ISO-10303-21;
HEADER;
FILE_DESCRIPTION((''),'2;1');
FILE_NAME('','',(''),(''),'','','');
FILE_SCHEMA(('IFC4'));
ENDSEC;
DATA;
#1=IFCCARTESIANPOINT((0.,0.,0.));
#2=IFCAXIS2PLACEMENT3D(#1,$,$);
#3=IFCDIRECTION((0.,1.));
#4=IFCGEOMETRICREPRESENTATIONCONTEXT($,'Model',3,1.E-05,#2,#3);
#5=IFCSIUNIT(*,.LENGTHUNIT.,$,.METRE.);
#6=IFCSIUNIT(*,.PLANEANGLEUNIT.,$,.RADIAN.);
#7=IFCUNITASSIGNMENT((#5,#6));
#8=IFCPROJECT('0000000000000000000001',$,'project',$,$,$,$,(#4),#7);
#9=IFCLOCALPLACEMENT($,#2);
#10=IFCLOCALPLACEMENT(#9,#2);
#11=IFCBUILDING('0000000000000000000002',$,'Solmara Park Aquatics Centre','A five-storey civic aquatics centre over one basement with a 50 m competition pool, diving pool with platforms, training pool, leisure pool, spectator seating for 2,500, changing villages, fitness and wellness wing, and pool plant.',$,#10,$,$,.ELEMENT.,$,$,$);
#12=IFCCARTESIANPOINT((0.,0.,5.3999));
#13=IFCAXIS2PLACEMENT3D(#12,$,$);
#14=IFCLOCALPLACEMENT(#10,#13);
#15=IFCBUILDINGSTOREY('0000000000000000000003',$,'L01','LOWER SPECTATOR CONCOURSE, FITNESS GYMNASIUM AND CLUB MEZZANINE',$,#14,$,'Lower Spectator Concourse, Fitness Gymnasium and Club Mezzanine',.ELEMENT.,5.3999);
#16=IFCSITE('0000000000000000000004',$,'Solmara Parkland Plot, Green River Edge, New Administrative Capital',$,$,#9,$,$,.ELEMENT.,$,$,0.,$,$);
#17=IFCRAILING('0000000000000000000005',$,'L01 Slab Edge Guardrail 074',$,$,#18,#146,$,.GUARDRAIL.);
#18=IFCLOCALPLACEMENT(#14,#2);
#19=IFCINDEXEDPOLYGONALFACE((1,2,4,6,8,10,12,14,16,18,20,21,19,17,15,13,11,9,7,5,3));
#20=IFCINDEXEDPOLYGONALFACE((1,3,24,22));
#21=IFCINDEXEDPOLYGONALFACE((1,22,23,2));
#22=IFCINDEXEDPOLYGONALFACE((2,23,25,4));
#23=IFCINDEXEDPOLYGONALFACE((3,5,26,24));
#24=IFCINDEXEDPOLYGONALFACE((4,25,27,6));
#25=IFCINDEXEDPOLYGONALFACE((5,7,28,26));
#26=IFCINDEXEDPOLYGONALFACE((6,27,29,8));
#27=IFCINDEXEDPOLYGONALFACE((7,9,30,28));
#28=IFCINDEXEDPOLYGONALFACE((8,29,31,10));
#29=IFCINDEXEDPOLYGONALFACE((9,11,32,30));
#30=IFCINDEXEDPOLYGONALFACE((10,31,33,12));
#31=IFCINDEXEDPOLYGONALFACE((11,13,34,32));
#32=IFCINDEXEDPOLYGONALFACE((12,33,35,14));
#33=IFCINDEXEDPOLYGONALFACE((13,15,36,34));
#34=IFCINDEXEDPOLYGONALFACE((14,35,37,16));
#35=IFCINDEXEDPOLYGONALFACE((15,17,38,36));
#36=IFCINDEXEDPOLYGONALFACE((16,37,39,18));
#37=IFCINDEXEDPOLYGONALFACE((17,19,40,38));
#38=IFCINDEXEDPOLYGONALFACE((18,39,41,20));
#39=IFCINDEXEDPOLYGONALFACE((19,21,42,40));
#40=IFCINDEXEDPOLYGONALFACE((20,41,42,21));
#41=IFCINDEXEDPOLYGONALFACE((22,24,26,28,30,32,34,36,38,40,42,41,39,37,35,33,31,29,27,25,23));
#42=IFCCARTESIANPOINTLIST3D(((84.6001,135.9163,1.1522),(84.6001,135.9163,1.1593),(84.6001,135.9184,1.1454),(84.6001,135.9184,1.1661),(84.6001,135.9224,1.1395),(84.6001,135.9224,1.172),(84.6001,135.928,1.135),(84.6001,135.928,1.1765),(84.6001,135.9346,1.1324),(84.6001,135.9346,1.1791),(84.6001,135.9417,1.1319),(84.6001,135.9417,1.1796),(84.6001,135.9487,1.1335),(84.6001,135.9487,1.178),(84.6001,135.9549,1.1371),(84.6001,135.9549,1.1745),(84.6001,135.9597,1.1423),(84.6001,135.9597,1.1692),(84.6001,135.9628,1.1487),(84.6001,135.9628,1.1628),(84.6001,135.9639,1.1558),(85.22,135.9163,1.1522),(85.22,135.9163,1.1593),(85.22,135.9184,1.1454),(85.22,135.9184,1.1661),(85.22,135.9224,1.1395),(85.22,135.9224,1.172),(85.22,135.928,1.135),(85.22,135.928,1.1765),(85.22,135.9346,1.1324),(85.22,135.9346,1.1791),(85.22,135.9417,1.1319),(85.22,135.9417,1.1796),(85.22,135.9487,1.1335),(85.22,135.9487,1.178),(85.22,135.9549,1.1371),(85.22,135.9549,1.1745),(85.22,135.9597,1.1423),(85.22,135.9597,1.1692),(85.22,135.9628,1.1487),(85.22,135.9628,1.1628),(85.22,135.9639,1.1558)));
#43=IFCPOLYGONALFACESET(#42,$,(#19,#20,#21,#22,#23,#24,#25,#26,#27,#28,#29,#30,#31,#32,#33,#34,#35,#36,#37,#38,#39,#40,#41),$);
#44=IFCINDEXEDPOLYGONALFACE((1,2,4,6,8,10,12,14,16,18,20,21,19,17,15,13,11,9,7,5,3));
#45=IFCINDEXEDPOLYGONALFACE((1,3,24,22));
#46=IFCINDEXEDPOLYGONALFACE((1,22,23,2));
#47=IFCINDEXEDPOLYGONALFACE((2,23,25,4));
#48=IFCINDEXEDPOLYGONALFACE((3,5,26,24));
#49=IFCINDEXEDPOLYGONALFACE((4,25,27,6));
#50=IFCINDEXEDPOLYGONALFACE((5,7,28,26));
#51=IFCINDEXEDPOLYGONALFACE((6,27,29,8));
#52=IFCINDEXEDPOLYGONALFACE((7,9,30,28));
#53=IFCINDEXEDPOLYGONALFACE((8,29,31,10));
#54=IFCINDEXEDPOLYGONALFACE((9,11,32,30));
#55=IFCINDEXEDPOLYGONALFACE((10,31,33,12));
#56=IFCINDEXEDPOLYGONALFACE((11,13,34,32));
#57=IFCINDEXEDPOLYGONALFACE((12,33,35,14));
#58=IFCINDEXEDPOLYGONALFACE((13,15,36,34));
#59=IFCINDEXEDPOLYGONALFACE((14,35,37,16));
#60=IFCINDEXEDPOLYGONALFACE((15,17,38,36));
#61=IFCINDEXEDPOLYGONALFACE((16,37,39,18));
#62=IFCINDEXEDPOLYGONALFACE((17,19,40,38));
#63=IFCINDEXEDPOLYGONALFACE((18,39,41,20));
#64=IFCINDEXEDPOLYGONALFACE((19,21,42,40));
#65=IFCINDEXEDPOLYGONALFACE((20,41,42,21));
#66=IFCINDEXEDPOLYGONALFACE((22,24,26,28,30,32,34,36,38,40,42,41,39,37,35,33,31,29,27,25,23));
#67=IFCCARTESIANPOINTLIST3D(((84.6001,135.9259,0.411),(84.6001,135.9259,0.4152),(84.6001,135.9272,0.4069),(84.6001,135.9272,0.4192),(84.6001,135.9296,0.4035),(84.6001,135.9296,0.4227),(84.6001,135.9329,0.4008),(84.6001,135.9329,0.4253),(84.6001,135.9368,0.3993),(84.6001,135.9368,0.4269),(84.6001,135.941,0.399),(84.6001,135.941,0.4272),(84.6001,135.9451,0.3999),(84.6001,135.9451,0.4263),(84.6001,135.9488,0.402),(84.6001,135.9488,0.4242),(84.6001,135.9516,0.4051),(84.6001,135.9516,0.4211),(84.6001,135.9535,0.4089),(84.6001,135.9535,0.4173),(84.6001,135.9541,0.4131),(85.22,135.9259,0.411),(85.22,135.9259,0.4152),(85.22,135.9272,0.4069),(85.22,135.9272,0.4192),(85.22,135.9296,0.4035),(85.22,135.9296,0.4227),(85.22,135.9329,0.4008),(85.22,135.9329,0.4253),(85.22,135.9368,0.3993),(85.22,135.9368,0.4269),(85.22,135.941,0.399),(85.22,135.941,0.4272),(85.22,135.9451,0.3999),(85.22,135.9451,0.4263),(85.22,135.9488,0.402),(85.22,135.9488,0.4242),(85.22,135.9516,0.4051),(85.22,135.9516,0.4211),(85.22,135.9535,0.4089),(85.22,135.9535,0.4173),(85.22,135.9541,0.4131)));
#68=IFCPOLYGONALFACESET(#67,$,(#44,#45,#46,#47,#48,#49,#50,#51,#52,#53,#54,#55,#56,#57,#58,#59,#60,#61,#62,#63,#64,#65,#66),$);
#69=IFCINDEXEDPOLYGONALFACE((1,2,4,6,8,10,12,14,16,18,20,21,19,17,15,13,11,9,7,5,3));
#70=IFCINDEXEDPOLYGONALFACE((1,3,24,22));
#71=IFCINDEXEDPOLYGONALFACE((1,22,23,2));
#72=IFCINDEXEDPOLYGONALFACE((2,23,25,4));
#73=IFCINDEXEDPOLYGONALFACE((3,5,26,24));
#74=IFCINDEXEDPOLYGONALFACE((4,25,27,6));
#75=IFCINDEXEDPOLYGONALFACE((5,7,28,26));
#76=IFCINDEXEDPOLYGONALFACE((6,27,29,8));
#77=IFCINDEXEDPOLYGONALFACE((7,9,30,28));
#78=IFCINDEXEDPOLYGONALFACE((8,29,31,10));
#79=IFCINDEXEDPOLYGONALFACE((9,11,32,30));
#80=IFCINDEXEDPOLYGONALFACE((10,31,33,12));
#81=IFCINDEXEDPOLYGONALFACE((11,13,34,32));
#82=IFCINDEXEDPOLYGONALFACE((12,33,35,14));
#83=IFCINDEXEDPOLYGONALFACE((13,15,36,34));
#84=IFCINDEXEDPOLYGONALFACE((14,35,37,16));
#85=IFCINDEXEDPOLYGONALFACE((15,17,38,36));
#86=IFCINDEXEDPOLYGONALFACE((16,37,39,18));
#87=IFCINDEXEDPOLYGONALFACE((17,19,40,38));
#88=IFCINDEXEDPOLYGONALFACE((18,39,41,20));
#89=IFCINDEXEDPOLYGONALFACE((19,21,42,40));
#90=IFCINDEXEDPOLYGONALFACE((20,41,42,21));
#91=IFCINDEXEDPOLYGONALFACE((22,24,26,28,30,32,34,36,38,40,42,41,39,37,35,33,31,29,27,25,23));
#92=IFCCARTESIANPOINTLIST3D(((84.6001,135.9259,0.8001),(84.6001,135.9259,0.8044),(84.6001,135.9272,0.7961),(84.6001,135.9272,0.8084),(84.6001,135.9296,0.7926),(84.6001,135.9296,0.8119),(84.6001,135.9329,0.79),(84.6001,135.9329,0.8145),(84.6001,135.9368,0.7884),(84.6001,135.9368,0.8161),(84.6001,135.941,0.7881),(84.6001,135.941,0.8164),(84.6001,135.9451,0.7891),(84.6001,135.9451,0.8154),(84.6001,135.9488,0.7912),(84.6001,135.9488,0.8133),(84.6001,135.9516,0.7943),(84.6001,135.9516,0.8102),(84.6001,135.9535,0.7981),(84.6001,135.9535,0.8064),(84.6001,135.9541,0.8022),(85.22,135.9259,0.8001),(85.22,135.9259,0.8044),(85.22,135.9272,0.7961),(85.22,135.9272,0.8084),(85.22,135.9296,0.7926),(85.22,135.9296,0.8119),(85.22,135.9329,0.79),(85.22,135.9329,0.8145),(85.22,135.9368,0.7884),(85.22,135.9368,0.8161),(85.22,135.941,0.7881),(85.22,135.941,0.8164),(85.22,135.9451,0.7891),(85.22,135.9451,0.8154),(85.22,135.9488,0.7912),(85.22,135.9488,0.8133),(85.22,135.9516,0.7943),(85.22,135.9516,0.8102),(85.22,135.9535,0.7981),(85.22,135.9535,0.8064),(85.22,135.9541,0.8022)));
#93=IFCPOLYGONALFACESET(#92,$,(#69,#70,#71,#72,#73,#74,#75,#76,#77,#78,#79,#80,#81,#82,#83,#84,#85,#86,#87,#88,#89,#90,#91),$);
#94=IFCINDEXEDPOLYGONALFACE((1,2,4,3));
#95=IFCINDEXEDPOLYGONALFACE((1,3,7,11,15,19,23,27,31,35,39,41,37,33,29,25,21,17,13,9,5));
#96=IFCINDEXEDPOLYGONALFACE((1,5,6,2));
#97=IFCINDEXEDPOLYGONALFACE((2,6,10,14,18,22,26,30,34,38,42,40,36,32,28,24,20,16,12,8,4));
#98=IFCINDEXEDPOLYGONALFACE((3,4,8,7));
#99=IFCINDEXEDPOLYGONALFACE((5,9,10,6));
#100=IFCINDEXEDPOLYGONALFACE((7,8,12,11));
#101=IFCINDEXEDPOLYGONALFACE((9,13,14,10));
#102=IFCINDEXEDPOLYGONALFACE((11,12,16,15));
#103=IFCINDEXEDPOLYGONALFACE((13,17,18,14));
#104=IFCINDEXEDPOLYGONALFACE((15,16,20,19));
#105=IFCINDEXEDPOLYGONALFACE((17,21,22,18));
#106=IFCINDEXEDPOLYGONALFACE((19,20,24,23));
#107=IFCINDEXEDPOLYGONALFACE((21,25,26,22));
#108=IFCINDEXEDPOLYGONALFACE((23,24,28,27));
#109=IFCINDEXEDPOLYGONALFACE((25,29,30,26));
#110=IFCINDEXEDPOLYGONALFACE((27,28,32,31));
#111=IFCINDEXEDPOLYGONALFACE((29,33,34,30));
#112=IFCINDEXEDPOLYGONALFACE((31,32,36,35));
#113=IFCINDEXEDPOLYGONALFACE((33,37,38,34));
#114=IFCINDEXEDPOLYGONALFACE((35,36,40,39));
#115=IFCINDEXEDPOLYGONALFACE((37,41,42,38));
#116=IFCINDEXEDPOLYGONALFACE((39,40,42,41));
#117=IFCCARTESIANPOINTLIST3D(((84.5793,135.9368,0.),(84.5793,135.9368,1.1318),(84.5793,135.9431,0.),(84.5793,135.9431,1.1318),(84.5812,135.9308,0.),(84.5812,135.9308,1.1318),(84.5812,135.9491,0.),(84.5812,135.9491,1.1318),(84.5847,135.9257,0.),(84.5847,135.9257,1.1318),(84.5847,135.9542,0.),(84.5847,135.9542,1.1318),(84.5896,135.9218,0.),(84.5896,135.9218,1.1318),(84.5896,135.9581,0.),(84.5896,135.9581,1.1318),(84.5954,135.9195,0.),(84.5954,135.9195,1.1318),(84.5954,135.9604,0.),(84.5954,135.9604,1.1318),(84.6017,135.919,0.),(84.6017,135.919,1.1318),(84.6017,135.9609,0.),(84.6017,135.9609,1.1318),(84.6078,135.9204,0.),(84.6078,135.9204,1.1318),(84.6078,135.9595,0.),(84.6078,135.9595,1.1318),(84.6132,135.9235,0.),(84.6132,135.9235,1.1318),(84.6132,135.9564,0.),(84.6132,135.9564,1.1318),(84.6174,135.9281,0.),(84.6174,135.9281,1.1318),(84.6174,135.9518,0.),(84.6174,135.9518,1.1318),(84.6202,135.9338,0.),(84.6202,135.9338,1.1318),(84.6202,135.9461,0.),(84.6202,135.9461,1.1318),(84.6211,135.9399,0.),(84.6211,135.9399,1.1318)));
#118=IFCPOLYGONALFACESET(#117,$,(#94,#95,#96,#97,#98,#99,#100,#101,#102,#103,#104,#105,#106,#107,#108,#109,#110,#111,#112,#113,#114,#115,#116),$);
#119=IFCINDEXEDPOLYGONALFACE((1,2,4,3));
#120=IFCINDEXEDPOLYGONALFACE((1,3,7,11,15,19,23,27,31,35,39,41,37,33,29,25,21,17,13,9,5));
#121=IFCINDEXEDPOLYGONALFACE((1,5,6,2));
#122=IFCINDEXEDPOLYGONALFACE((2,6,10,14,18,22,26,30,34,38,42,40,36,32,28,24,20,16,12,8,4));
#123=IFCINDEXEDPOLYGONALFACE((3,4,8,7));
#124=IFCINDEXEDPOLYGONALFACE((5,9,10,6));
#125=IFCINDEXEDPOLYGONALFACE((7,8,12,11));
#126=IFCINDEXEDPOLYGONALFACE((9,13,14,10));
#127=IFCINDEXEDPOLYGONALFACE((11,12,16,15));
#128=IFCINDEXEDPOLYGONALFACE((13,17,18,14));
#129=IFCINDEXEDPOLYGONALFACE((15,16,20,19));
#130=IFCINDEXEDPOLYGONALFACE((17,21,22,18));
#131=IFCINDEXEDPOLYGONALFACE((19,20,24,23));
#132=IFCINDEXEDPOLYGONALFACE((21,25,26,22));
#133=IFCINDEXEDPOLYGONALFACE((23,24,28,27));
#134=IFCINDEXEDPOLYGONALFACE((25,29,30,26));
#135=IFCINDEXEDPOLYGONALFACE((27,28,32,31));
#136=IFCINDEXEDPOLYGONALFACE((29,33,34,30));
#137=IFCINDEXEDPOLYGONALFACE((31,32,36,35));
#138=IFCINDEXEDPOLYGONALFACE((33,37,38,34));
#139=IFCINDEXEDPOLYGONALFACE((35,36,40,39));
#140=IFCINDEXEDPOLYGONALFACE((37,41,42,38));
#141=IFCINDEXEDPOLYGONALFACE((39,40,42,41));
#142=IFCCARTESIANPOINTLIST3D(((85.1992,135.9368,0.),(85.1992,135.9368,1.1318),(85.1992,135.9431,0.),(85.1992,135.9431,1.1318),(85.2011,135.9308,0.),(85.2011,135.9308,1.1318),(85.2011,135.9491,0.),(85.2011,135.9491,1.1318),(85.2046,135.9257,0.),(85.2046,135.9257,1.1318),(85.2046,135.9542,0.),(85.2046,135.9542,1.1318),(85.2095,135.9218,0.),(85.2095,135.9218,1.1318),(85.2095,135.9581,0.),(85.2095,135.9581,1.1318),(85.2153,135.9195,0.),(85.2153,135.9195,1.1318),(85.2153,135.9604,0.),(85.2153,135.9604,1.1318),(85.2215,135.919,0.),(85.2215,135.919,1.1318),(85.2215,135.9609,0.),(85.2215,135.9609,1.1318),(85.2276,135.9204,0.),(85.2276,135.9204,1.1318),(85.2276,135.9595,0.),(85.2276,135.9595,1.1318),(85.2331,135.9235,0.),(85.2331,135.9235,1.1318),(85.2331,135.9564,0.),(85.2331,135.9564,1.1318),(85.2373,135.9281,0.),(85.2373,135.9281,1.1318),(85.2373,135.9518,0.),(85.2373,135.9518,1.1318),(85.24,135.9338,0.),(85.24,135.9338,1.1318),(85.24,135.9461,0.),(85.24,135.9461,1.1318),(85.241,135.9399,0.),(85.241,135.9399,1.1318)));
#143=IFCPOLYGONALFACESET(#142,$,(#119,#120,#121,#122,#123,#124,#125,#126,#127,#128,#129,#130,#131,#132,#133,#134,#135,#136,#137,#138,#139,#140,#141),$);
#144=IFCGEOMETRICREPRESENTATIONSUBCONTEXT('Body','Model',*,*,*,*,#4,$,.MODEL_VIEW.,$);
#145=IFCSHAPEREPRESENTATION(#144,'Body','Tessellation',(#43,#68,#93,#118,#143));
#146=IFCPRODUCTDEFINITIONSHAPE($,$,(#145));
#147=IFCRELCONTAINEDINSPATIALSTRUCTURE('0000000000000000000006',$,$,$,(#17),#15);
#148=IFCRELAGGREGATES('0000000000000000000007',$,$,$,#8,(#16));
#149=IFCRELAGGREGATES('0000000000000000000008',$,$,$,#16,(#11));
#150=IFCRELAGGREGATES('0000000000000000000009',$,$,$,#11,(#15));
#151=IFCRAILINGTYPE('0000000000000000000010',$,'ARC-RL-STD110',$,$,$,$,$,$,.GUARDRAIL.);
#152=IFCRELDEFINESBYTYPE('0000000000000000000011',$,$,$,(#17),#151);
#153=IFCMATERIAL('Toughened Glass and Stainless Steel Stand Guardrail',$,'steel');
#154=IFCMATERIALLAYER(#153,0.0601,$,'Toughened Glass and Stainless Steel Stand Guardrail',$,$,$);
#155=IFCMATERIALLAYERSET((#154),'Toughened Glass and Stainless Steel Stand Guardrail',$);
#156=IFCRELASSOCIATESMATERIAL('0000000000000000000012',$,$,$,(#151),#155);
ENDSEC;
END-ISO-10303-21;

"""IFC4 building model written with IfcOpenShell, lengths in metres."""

from ifc_helpers import new_model, si_unit, direction, frame, origin, origin_2d, place, context, subcontext, project, spatial, circle, extrude, material, layer, layer_set, type_object, element, save


model = new_model("IFC4")

# Units and contexts
model_context = context("Model", 3, precision=1e-05, world=origin(), true_north=direction((0.0, 1.0)))
body_context = subcontext(model_context, "Body", "Model", "MODEL_VIEW")
ifc_project = project(units=[si_unit("LENGTHUNIT", "METRE"), si_unit("PLANEANGLEUNIT", "RADIAN")], contexts=[model_context])

# Site, building, storey
site_placement = place(None, origin())
site = spatial("IfcSite", under=ifc_project, at=site_placement, Name="Solmara Parkland Plot, Green River Edge, New Administrative Capital", CompositionType="ELEMENT", RefElevation=0.0)
building_placement = place(site_placement, origin())
building = spatial("IfcBuilding", under=site, at=building_placement, Name="Solmara Park Aquatics Centre", Description="A five-storey civic aquatics centre over one basement with a 50 m competition pool, diving pool with platforms, training pool, leisure pool, spectator seating for 2,500, changing villages, fitness and wellness wing, and pool plant.", CompositionType="ELEMENT")
storey_placement = place(building_placement, frame((0.0, 0.0, 5.3999)))
storey = spatial("IfcBuildingStorey", under=building, at=storey_placement, Name="L01", Description="LOWER SPECTATOR CONCOURSE, FITNESS GYMNASIUM AND CLUB MEZZANINE", LongName="Lower Spectator Concourse, Fitness Gymnasium and Club Mezzanine", CompositionType="ELEMENT", Elevation=5.3999)

# Railing
ifc_material_1 = material(Name="Toughened Glass and Stainless Steel Stand Guardrail", Category="steel")
ifc_layer_1 = layer(ifc_material_1, 0.0601, Name="Toughened Glass and Stainless Steel Stand Guardrail")
ifc_layer_set_1 = layer_set([ifc_layer_1], Name="Toughened Glass and Stainless Steel Stand Guardrail")
railing_type = type_object("IfcRailingType", Name="ARC-RL-STD110", PredefinedType="GUARDRAIL", material=ifc_layer_set_1)
railing_1_placement = place(storey_placement, frame((84.6001, 135.9399, 0.0)))
element("IfcRailing", 1, at=railing_1_placement, inside=storey, type_object=railing_type, Name="L01 Slab Edge Guardrail 074", PredefinedType="GUARDRAIL", context=body_context, shape_type="SweptSolid", body=[
    extrude(circle(Radius=0.0239, at=origin_2d()), frame((0.0, 0.0, 1.1558), z_axis=(1.0, 0.0, 0.0), x_axis=(0.0, 1.0, 0.0)), (0.0, 0.0, 1.0), 0.6199),
    extrude(circle(Radius=0.0142, at=origin_2d()), frame((0.0, 0.0, 0.4131), z_axis=(1.0, 0.0, 0.0), x_axis=(0.0, 1.0, 0.0)), (0.0, 0.0, 1.0), 0.6199),
    extrude(circle(Radius=0.0142, at=origin_2d()), frame((0.0, 0.0, 0.8022), z_axis=(1.0, 0.0, 0.0), x_axis=(0.0, 1.0, 0.0)), (0.0, 0.0, 1.0), 0.6199),
    extrude(circle(Radius=0.021, at=origin_2d()), origin(), (0.0, 0.0, 1.0), 1.1318),
    extrude(circle(Radius=0.021, at=origin_2d()), frame((0.6199, 0.0, 0.0)), (0.0, 0.0, 1.0), 1.1318),
])

save(model, "model.ifc")
